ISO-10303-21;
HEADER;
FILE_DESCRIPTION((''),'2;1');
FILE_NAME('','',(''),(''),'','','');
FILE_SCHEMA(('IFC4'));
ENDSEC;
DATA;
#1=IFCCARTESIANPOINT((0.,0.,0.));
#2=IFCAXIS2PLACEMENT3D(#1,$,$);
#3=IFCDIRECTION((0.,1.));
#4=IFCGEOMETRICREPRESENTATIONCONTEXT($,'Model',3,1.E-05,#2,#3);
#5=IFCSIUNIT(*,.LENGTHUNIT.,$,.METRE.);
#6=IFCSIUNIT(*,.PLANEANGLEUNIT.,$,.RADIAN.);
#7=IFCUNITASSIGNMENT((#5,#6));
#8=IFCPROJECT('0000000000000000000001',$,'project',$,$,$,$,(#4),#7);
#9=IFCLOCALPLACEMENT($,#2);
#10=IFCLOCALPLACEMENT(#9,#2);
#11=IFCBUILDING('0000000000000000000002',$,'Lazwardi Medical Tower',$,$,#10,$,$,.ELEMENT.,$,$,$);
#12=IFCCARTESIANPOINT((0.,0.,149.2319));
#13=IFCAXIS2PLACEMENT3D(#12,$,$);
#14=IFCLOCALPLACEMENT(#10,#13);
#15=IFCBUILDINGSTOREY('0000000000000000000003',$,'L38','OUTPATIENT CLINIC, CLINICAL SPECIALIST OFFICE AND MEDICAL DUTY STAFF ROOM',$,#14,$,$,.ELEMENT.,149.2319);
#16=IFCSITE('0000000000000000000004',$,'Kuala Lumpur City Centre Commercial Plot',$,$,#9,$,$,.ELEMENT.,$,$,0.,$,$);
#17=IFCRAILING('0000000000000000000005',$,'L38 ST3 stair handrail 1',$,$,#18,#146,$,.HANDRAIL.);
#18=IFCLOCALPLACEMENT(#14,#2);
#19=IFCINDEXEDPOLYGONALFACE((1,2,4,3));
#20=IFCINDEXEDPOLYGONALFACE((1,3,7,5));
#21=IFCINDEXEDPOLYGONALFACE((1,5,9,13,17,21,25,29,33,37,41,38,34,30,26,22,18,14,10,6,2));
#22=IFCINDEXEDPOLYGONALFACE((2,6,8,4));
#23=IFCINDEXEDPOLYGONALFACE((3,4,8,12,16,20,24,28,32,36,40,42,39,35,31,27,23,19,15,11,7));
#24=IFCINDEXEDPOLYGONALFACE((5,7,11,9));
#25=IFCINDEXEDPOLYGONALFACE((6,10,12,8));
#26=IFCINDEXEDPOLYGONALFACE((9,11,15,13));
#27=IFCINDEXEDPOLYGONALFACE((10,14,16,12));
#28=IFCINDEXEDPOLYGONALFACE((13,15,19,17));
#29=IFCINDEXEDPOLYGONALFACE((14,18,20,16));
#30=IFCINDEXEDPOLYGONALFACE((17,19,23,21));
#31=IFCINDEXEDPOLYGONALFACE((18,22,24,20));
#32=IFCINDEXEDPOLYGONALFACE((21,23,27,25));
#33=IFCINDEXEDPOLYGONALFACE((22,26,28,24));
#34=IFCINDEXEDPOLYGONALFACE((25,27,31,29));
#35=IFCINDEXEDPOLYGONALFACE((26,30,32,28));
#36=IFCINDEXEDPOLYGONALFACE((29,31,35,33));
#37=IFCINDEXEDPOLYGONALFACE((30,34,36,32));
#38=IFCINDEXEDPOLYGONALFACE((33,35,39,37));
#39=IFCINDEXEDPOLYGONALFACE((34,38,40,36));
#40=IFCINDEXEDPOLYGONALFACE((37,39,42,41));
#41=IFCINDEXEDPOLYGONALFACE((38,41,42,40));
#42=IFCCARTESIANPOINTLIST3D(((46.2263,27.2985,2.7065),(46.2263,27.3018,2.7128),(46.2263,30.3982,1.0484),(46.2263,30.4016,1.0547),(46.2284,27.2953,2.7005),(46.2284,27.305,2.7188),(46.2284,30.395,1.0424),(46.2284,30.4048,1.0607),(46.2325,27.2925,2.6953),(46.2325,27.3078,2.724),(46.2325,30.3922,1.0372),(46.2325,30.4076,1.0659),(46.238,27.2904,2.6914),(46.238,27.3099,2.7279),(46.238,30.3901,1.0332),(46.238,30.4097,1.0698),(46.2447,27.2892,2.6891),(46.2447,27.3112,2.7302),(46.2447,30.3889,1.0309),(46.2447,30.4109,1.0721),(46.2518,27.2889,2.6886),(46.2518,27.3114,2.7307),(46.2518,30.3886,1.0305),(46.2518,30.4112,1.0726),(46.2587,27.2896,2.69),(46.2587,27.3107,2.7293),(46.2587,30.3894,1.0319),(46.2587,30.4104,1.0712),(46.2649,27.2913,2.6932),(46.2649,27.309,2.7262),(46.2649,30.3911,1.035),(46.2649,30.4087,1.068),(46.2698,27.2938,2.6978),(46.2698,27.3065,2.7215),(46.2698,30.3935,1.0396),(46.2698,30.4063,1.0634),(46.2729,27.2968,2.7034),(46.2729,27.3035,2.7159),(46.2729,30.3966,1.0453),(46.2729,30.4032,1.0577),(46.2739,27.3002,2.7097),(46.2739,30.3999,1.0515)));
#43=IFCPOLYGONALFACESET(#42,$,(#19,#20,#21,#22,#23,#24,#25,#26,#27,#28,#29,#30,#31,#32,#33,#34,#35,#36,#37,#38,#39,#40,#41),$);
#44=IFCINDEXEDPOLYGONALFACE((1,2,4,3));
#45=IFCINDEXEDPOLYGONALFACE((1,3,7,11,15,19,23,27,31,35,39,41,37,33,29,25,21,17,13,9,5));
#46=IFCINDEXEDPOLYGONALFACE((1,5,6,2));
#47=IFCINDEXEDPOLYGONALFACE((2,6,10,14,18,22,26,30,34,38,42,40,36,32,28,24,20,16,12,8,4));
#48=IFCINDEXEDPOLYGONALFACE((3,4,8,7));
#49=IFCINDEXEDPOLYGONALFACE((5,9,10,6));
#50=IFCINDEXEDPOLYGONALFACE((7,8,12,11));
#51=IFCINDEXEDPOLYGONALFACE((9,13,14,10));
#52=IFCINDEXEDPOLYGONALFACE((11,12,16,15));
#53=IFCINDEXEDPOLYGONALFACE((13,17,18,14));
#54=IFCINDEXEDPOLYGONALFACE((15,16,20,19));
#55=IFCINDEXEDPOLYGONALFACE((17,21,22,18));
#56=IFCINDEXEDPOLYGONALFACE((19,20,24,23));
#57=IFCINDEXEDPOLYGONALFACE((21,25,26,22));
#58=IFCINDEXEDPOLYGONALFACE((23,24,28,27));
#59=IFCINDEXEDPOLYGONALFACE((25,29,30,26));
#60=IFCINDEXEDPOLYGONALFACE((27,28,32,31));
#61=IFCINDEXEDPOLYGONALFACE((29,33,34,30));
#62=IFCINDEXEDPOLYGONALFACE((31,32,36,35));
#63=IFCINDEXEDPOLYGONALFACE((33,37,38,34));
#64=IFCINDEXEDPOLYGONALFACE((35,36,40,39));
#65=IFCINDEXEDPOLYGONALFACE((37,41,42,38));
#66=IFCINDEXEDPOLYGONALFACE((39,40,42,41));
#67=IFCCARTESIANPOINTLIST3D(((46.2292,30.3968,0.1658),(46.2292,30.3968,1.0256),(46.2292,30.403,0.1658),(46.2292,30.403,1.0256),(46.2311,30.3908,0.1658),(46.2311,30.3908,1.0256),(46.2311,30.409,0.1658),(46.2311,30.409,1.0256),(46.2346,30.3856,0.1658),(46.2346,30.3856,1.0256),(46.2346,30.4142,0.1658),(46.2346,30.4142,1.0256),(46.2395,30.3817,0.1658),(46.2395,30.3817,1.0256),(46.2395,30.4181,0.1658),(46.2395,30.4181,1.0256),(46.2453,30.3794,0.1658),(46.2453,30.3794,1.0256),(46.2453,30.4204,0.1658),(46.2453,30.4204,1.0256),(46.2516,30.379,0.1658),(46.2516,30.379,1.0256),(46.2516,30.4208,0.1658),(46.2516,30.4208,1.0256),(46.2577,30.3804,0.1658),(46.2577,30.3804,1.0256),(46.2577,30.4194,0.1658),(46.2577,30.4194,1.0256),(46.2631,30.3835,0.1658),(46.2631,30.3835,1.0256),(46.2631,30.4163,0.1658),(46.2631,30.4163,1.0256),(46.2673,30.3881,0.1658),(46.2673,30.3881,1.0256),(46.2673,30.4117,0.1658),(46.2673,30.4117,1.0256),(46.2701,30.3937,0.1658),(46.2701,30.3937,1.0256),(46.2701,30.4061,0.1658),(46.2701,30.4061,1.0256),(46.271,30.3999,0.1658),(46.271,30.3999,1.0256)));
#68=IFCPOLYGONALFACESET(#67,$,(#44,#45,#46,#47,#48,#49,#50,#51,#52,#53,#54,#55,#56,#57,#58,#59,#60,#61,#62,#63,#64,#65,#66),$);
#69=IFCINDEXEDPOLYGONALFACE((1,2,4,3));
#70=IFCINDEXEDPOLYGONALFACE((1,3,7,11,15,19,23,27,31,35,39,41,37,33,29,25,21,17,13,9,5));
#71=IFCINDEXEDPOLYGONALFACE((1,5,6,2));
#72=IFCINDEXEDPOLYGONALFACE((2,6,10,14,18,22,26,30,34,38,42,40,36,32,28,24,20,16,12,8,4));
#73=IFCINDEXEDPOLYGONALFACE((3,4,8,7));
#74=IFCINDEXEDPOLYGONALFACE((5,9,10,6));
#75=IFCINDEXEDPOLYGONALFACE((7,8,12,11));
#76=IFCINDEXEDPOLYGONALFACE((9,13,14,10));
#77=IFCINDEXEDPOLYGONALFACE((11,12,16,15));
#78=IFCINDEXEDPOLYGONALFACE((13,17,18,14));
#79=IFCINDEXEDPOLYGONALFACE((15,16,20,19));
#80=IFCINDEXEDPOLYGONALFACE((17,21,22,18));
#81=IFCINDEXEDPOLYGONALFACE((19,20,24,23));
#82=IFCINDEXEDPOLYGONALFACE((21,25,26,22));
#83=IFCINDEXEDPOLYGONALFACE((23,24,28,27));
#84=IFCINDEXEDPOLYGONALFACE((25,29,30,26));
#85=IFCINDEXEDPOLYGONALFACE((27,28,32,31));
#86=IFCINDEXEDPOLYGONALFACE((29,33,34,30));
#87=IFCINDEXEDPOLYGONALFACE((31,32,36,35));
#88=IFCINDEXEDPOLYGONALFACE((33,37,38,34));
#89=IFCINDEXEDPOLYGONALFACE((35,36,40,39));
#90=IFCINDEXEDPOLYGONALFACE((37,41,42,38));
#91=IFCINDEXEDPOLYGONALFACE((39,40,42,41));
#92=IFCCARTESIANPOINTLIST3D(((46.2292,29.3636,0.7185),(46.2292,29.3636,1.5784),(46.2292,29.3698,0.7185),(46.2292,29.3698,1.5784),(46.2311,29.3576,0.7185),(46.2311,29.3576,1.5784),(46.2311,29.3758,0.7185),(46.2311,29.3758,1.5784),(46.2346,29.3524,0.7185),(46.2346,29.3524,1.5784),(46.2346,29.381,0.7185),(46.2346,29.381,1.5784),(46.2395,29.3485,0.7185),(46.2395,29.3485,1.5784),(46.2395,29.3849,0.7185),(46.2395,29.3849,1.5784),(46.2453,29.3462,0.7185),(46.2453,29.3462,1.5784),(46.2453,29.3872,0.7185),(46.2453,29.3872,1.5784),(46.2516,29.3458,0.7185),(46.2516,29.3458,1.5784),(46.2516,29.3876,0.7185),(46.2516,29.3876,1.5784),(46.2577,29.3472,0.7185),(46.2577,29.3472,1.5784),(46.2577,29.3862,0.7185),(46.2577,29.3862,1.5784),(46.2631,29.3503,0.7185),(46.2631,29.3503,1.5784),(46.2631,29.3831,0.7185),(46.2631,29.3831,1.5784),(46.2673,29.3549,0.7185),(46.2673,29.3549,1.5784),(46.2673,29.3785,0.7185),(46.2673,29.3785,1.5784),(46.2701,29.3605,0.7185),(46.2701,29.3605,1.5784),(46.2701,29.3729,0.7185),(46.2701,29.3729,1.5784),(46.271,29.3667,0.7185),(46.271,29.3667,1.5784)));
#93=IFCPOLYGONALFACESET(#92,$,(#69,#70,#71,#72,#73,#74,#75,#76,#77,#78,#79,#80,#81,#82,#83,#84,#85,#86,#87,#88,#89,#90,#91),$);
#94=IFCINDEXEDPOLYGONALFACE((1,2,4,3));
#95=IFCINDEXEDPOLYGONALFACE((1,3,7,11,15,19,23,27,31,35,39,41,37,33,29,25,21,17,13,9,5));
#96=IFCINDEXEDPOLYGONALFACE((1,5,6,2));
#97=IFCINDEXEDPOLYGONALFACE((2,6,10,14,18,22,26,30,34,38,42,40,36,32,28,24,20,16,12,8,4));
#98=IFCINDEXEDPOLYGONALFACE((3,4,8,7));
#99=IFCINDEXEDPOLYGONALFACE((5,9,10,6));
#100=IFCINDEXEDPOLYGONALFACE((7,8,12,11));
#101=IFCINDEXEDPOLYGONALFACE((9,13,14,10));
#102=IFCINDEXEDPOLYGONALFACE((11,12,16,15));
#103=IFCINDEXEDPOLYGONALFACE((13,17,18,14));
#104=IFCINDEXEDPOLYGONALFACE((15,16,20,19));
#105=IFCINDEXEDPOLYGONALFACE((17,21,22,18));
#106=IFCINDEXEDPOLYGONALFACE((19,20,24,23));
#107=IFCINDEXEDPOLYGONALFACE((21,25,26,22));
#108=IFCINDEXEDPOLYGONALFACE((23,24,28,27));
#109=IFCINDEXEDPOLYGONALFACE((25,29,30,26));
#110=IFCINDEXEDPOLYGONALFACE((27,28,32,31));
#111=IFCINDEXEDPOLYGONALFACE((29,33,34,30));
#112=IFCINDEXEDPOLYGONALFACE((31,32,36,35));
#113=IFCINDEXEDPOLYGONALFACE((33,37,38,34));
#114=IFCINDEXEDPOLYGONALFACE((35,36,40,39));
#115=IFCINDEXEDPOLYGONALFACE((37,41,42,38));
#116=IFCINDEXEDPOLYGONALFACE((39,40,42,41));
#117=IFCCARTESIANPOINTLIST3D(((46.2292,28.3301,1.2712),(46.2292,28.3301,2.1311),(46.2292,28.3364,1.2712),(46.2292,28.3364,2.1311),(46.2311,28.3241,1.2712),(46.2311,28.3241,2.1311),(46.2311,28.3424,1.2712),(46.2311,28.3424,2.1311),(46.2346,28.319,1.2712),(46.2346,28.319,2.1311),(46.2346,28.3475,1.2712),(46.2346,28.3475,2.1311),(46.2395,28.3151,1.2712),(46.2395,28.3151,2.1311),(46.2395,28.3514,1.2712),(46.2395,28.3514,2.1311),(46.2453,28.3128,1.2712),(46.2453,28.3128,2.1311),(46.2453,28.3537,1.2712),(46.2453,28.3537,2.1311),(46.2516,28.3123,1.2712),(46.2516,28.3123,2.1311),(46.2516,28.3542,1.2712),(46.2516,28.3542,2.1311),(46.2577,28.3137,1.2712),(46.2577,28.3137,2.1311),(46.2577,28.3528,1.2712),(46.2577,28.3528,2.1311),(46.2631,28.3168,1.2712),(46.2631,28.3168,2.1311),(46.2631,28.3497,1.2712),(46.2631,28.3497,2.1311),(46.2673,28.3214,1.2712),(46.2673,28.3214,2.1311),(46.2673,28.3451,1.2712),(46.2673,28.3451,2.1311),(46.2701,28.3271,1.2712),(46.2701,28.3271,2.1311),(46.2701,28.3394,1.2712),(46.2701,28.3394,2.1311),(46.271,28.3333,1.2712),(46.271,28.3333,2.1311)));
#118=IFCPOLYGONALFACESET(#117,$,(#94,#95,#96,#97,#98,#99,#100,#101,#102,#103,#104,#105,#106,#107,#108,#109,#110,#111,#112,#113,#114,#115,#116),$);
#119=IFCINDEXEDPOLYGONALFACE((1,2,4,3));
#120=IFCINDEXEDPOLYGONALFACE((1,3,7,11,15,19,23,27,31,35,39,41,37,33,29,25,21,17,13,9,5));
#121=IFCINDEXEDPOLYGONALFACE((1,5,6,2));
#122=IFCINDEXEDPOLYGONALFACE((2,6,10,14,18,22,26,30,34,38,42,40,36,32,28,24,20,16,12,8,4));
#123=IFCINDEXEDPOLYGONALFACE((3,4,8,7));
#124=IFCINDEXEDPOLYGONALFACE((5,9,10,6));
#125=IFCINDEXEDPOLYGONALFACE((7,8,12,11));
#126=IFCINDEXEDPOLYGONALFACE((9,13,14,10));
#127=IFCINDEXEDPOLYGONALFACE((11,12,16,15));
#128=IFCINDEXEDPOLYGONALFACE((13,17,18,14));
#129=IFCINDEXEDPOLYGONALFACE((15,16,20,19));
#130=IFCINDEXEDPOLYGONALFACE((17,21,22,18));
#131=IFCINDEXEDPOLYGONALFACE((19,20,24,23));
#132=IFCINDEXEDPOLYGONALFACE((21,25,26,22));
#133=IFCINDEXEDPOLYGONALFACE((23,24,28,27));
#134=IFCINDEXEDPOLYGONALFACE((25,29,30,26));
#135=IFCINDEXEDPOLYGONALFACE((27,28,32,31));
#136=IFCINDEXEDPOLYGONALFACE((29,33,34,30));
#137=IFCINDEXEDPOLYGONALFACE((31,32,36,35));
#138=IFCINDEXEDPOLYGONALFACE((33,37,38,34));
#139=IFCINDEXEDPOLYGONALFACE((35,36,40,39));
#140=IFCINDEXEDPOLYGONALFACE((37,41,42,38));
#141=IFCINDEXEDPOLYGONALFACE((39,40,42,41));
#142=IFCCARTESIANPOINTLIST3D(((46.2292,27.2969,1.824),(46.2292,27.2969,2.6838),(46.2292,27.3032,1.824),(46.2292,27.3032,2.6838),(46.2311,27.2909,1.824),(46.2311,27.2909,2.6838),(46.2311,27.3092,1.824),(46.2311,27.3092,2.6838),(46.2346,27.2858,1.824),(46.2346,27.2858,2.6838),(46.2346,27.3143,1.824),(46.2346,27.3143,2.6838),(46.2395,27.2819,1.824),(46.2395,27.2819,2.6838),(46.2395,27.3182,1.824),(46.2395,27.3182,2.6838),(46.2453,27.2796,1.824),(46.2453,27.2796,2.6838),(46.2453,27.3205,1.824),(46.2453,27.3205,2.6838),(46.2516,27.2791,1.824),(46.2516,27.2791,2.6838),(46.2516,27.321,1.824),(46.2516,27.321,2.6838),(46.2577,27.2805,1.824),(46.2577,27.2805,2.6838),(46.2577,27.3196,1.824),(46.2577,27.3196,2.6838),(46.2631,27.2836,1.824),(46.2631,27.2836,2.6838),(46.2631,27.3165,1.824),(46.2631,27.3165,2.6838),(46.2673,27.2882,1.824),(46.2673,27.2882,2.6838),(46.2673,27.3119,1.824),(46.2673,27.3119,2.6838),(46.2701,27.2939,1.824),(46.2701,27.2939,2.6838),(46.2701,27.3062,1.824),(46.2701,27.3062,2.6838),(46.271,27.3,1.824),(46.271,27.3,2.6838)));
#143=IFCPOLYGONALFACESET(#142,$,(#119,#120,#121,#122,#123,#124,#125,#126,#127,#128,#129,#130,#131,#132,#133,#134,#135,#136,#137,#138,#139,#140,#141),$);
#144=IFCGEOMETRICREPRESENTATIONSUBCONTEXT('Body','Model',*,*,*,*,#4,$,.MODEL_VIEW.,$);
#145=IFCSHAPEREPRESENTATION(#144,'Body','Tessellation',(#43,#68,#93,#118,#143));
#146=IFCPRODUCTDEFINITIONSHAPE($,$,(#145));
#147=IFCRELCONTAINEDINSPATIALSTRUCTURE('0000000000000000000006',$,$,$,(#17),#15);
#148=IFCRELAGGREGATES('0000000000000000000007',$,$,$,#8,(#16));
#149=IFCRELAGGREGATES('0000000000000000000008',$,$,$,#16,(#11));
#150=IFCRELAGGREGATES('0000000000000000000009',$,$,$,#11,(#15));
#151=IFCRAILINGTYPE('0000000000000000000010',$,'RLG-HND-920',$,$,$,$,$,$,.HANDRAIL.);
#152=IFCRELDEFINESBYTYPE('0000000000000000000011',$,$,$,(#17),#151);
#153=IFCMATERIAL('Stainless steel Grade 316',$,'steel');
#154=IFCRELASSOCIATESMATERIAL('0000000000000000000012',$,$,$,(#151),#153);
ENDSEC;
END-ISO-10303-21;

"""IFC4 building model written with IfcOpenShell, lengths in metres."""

from ifc_helpers import new_model, si_unit, direction, frame, origin, origin_2d, place, context, subcontext, project, spatial, circle, extrude, material, type_object, element, save


model = new_model("IFC4")

# Units and contexts
model_context = context("Model", 3, precision=1e-05, world=origin(), true_north=direction((0.0, 1.0)))
body_context = subcontext(model_context, "Body", "Model", "MODEL_VIEW")
ifc_project = project(units=[si_unit("LENGTHUNIT", "METRE"), si_unit("PLANEANGLEUNIT", "RADIAN")], contexts=[model_context])

# Site, building, storey
site_placement = place(None, origin())
site = spatial("IfcSite", under=ifc_project, at=site_placement, Name="Kuala Lumpur City Centre Commercial Plot", CompositionType="ELEMENT", RefElevation=0.0)
building_placement = place(site_placement, origin())
building = spatial("IfcBuilding", under=site, at=building_placement, Name="Lazwardi Medical Tower", CompositionType="ELEMENT")
storey_placement = place(building_placement, frame((0.0, 0.0, 149.2319)))
storey = spatial("IfcBuildingStorey", under=building, at=storey_placement, Name="L38", Description="OUTPATIENT CLINIC, CLINICAL SPECIALIST OFFICE AND MEDICAL DUTY STAFF ROOM", CompositionType="ELEMENT", Elevation=149.2319)

# Railing
ifc_material_1 = material(Name="Stainless steel Grade 316", Category="steel")
railing_type = type_object("IfcRailingType", Name="RLG-HND-920", PredefinedType="HANDRAIL", material=ifc_material_1)
railing_1_placement = place(storey_placement, frame((46.25, 30.3999, 0.1658)))
element("IfcRailing", 1, at=railing_1_placement, inside=storey, type_object=railing_type, Name="L38 ST3 stair handrail 1", PredefinedType="HANDRAIL", context=body_context, shape_type="SweptSolid", body=[
    extrude(circle(Radius=0.0239, at=origin_2d()), frame((0.0, 0.0, 0.8857), z_axis=(0.0, -0.881768, 0.471684), x_axis=(1.0, 0.0, 0.0)), (0.0, 0.0, 1.0), 3.5154),
    extrude(circle(Radius=0.021, at=origin_2d()), origin(), (0.0, 0.0, 1.0), 0.8599),
    extrude(circle(Radius=0.021, at=origin_2d()), frame((0.0, -1.0332, 0.5527)), (0.0, 0.0, 1.0), 0.8599),
    extrude(circle(Radius=0.021, at=origin_2d()), frame((0.0, -2.0667, 1.1055)), (0.0, 0.0, 1.0), 0.8599),
    extrude(circle(Radius=0.021, at=origin_2d()), frame((0.0, -3.0999, 1.6582)), (0.0, 0.0, 1.0), 0.8599),
])

save(model, "model.ifc")
